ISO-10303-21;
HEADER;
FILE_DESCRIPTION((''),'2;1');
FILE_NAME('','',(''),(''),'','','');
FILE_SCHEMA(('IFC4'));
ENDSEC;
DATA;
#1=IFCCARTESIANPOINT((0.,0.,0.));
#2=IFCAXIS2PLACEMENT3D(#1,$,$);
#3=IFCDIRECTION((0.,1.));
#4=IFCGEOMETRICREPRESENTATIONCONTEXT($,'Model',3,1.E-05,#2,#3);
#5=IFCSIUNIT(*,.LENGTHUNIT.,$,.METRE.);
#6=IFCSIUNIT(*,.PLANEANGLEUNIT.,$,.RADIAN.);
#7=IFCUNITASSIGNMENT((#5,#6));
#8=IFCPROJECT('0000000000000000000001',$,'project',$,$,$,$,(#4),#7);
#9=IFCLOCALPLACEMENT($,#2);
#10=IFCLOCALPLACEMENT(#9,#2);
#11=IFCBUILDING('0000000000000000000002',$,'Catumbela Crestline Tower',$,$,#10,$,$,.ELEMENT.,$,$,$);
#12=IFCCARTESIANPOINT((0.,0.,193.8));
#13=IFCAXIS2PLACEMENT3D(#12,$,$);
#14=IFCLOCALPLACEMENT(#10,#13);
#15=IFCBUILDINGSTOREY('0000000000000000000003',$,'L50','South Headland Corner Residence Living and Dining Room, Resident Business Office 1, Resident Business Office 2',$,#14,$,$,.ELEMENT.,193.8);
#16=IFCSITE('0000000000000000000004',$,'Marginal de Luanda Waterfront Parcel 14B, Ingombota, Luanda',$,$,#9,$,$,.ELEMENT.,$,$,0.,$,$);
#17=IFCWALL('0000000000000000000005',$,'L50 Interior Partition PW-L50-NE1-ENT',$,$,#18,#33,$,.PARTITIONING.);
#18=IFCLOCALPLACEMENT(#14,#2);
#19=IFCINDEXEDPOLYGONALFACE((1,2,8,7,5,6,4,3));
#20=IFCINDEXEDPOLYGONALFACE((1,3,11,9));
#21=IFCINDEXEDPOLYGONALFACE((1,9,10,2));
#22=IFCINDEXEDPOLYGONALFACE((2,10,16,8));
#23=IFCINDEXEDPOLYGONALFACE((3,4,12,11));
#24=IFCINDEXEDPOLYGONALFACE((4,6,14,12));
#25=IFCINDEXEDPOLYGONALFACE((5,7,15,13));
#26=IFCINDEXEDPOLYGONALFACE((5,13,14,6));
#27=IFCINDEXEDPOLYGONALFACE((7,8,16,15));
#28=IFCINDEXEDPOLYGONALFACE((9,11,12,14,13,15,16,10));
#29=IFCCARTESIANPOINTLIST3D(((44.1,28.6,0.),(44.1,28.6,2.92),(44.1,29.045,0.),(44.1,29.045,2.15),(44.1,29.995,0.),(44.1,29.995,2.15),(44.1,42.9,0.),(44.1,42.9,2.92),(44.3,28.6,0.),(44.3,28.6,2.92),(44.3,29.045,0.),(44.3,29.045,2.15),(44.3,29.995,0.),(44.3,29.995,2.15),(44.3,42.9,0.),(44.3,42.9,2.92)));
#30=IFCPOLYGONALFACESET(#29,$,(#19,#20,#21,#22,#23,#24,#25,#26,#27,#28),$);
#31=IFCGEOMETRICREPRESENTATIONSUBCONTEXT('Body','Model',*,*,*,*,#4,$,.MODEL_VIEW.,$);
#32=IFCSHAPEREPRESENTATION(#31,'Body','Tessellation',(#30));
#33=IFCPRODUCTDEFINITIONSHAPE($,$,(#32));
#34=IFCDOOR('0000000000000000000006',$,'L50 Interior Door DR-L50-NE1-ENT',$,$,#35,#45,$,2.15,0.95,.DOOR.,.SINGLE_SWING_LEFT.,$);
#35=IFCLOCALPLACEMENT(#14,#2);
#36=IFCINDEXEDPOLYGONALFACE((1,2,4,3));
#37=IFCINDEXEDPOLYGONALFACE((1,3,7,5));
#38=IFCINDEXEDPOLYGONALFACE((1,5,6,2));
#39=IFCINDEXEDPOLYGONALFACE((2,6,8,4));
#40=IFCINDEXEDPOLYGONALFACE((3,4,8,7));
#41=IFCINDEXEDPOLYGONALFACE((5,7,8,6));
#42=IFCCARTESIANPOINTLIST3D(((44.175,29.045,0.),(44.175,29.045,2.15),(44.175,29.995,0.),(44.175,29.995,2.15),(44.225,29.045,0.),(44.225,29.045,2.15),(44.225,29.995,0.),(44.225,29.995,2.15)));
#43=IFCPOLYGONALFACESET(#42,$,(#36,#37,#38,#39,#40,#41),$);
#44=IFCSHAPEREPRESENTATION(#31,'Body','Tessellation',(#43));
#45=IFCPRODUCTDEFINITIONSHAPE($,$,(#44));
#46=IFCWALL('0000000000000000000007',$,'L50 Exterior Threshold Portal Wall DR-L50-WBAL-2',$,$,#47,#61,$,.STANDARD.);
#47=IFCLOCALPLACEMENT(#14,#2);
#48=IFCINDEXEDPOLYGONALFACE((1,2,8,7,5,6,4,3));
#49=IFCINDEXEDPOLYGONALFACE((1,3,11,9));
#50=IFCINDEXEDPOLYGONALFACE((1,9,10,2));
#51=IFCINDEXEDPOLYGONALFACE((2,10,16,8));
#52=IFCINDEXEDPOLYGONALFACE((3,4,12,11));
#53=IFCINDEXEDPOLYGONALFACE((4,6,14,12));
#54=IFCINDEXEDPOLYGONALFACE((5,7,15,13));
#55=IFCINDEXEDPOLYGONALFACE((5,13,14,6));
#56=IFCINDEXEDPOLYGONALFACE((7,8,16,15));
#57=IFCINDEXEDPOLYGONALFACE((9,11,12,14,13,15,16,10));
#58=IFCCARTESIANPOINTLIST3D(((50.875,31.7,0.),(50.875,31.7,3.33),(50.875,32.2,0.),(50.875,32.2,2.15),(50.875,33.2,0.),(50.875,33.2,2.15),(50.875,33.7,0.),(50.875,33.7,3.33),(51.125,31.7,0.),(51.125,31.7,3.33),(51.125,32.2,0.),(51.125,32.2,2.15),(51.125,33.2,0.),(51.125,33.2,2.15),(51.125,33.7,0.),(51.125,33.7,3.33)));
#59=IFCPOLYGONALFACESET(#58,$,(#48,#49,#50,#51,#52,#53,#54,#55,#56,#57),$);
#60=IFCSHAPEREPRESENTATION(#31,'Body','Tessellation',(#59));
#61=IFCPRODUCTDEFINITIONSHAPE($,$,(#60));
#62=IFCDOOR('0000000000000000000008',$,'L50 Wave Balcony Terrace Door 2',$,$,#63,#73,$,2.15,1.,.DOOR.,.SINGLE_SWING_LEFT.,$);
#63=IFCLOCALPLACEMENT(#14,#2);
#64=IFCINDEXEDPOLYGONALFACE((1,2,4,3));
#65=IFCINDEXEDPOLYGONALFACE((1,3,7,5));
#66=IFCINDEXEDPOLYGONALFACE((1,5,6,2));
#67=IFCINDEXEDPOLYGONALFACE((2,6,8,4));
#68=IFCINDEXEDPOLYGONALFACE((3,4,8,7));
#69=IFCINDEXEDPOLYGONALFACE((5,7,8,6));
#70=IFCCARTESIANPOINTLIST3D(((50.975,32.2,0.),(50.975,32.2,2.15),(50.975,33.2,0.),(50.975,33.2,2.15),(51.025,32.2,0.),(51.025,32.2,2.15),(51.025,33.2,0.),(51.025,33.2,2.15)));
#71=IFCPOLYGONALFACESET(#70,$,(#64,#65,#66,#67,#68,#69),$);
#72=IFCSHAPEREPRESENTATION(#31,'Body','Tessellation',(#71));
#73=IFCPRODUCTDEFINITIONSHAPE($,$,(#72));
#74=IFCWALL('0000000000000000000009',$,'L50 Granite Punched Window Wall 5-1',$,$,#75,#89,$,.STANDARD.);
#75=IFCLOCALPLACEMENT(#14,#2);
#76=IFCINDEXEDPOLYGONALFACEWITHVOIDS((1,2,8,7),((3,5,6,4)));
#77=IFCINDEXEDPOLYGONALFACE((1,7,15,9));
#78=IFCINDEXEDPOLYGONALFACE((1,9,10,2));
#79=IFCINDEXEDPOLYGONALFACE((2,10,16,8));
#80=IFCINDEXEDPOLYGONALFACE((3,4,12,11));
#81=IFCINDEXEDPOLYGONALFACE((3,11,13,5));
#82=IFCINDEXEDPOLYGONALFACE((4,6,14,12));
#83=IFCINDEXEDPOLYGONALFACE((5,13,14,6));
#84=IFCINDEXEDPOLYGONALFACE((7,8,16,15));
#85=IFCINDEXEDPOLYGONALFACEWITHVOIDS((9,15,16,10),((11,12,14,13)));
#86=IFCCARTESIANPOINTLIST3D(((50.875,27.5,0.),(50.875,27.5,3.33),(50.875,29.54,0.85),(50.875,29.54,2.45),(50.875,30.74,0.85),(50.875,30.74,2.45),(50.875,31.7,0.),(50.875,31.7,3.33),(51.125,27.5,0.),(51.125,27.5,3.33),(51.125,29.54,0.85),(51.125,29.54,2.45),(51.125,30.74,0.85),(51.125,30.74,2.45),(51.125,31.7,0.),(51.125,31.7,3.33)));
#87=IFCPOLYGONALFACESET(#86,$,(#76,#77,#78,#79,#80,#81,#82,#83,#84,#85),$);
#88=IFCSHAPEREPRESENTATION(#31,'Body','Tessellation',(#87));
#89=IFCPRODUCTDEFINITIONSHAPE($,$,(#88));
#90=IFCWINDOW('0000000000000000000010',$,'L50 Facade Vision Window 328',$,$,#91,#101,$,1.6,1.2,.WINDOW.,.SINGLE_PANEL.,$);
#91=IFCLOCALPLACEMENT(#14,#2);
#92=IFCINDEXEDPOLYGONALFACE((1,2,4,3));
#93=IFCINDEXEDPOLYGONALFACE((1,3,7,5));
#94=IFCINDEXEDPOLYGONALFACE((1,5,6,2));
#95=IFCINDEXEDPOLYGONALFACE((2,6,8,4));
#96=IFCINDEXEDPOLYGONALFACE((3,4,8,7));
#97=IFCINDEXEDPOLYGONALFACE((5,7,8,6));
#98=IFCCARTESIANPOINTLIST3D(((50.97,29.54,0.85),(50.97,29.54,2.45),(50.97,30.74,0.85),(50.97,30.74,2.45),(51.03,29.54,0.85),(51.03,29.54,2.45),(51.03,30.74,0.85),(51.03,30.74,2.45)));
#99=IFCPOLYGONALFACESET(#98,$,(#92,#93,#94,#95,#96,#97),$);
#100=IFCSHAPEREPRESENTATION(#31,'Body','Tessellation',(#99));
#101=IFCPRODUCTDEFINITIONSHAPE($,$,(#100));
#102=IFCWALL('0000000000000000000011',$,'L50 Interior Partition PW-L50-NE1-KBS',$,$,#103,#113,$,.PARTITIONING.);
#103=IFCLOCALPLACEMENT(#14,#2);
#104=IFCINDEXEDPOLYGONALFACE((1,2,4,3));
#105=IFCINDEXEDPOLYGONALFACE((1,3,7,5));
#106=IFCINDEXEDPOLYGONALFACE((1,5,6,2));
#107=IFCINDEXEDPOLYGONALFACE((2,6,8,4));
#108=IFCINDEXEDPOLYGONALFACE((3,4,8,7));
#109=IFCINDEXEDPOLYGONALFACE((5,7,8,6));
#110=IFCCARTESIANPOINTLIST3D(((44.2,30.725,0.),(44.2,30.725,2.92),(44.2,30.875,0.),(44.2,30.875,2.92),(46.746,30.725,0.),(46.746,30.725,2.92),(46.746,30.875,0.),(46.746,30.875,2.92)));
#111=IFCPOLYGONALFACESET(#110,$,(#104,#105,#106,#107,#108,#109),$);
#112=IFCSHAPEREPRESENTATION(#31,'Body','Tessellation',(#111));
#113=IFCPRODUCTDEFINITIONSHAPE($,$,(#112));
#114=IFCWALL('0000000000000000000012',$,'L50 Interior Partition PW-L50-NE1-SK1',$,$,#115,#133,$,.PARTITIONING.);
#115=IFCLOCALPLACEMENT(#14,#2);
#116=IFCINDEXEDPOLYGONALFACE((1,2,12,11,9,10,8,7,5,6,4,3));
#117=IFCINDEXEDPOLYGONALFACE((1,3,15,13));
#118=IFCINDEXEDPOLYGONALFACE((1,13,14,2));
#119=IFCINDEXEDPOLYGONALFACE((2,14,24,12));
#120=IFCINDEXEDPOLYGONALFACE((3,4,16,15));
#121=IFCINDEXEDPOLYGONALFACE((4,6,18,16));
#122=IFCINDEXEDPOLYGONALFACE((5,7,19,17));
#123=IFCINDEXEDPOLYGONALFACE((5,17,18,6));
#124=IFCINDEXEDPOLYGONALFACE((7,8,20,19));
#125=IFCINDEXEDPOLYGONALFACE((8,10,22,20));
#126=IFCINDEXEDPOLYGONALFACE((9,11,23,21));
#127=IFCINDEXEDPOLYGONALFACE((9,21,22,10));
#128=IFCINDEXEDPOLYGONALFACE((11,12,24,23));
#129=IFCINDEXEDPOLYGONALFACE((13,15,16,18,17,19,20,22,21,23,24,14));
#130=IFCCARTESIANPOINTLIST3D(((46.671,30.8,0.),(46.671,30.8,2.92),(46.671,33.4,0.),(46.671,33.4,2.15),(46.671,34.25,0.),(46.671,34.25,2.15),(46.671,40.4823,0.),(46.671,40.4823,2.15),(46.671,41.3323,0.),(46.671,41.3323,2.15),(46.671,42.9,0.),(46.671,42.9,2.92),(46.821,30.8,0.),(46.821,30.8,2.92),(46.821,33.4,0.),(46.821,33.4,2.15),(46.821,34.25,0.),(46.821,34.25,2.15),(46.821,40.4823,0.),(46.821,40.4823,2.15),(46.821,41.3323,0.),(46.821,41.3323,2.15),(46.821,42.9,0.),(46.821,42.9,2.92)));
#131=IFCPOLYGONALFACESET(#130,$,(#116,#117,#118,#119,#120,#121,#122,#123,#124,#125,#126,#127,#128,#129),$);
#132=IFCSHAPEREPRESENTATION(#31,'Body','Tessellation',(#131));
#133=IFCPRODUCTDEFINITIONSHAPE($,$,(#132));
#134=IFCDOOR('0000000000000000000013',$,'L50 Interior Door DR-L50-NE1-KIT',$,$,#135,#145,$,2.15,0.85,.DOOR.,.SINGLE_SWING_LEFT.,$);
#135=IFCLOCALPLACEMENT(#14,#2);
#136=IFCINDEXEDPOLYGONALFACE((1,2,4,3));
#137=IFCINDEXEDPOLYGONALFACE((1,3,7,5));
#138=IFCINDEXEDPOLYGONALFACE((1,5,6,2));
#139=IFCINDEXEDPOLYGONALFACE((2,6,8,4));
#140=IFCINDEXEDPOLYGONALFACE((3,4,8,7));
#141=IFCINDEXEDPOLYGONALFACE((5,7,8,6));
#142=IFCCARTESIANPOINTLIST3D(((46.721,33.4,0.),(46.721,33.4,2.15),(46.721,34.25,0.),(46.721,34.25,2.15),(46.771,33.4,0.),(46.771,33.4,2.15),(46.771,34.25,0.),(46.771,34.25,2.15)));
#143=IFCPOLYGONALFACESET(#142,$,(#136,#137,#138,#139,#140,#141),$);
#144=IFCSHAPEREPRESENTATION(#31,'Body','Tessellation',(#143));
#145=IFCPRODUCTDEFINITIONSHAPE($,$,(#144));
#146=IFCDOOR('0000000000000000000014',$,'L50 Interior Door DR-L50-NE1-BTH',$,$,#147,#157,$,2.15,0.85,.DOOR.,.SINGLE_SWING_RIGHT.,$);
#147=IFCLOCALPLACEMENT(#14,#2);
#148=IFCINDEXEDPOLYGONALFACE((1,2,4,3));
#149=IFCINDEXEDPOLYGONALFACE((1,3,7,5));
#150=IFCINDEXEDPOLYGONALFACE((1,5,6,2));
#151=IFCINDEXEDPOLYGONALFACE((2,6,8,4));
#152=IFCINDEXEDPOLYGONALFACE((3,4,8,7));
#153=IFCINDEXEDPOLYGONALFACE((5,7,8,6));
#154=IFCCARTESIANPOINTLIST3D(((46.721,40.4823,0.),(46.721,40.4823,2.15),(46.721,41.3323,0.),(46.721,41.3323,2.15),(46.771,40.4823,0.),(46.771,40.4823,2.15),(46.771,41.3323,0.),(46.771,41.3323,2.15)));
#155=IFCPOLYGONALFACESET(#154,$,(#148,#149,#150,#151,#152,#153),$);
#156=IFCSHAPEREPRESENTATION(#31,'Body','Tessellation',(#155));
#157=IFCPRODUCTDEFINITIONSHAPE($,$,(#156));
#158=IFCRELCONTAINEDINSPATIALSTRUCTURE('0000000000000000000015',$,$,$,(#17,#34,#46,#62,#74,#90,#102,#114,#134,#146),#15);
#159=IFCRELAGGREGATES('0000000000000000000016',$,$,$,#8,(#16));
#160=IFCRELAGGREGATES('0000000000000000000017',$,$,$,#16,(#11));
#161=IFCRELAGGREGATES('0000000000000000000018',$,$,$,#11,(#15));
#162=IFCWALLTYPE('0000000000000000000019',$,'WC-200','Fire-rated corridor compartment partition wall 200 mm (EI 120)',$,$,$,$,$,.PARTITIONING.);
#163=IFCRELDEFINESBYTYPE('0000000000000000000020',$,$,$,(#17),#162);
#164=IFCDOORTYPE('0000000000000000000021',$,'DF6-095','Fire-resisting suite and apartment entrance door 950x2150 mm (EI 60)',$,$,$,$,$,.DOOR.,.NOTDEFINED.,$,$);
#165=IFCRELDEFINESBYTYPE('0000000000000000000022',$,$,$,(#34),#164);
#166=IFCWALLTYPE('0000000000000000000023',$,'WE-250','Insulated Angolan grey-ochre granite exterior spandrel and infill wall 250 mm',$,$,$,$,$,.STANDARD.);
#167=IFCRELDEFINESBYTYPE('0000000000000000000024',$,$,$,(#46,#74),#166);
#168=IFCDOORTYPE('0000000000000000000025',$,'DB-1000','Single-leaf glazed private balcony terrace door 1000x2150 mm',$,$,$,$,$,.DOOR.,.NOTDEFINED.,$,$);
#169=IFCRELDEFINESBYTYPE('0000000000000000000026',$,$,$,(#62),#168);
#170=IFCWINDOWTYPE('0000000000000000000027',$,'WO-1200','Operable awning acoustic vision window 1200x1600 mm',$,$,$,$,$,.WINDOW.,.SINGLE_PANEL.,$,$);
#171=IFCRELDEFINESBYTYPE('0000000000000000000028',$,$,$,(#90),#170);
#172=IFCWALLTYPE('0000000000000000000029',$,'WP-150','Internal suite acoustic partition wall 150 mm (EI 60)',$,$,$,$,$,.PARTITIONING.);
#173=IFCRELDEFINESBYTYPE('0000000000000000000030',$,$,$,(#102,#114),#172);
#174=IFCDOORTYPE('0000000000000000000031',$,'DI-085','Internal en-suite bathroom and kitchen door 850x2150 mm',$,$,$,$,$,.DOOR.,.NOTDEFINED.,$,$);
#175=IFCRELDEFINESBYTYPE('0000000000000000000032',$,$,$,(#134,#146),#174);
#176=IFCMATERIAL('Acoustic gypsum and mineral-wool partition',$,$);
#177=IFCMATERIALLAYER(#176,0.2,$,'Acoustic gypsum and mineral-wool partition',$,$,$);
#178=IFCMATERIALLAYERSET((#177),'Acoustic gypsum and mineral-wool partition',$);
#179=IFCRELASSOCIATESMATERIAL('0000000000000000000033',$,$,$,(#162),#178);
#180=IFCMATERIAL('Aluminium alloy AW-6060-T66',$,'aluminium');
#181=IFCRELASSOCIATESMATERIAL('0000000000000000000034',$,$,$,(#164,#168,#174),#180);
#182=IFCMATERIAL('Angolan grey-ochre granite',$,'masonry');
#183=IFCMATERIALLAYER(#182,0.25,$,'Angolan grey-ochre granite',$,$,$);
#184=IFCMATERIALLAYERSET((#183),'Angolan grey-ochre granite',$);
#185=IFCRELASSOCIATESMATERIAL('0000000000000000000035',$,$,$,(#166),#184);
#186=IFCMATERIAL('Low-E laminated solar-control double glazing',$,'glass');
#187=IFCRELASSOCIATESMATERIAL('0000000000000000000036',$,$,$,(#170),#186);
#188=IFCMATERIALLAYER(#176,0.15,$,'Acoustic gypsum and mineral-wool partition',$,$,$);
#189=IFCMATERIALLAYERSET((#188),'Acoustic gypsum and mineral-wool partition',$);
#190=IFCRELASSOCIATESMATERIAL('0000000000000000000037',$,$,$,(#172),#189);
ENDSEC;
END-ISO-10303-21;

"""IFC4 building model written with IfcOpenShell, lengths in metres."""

from ifc_helpers import new_model, si_unit, direction, frame, frame_2d, origin, place, context, subcontext, project, spatial, rectangle, extrude, material, layer, layer_set, type_object, element, fill, save


model = new_model("IFC4")

# Units and contexts
model_context = context("Model", 3, precision=1e-05, world=origin(), true_north=direction((0.0, 1.0)))
body_context = subcontext(model_context, "Body", "Model", "MODEL_VIEW")
ifc_project = project(units=[si_unit("LENGTHUNIT", "METRE"), si_unit("PLANEANGLEUNIT", "RADIAN")], contexts=[model_context])

# Site, building, storey
site_placement = place(None, origin())
site = spatial("IfcSite", under=ifc_project, at=site_placement, Name="Marginal de Luanda Waterfront Parcel 14B, Ingombota, Luanda", CompositionType="ELEMENT", RefElevation=0.0)
building_placement = place(site_placement, origin())
building = spatial("IfcBuilding", under=site, at=building_placement, Name="Catumbela Crestline Tower", CompositionType="ELEMENT")
storey_placement = place(building_placement, frame((0.0, 0.0, 193.8)))
storey = spatial("IfcBuildingStorey", under=building, at=storey_placement, Name="L50", Description="South Headland Corner Residence Living and Dining Room, Resident Business Office 1, Resident Business Office 2", CompositionType="ELEMENT", Elevation=193.8)

# Shared definitions
ifc_material_1 = material(Name="Aluminium alloy AW-6060-T66", Category="aluminium")

# Shared definitions
ifc_material_2 = material(Name="Low-E laminated solar-control double glazing", Category="glass")

# Walls, openings, doors
ifc_material_3 = material(Name="Acoustic gypsum and mineral-wool partition")
ifc_layer_1 = layer(ifc_material_3, 0.2, Name="Acoustic gypsum and mineral-wool partition")
ifc_layer_set_1 = layer_set([ifc_layer_1], Name="Acoustic gypsum and mineral-wool partition")
wall_type_1 = type_object("IfcWallType", Name="WC-200", Description="Fire-rated corridor compartment partition wall 200 mm (EI 120)", PredefinedType="PARTITIONING", material=ifc_layer_set_1)
wall_1_placement = place(storey_placement, frame((44.2, 28.6, 0.0), z_axis=(0.0, 0.0, 1.0), x_axis=(0.0, 1.0, 0.0)))
wall_1 = element("IfcWall", 1, at=wall_1_placement, inside=storey, type_object=wall_type_1, Name="L50 Interior Partition PW-L50-NE1-ENT", PredefinedType="PARTITIONING", context=body_context, shape_type="SweptSolid", body=[
    extrude(rectangle(XDim=14.3, YDim=0.2, at=frame_2d((7.15, 0.0))), origin(), (0.0, 0.0, 1.0), 2.92),
])
opening_1_placement = place(wall_1_placement, frame((0.445, 0.0, 0.0)))
opening_1 = element("IfcOpeningElement", 2, at=opening_1_placement, cuts=wall_1, PredefinedType="OPENING", context=body_context, shape_type="SweptSolid", body=[
    extrude(rectangle(XDim=0.95, YDim=2.15, at=frame_2d((0.475, 1.075))), frame((0.0, 0.11, 0.0), z_axis=(0.0, -1.0, 0.0), x_axis=(1.0, 0.0, 0.0)), (0.0, 0.0, 1.0), 0.22),
])
door_type_1 = type_object("IfcDoorType", Name="DF6-095", Description="Fire-resisting suite and apartment entrance door 950x2150 mm (EI 60)", OperationType="NOTDEFINED", PredefinedType="DOOR", material=ifc_material_1)
door_1_placement = place(opening_1_placement, origin())
door_1 = element("IfcDoor", 3, at=door_1_placement, inside=storey, type_object=door_type_1, Name="L50 Interior Door DR-L50-NE1-ENT", OperationType="SINGLE_SWING_LEFT", OverallHeight=2.15, OverallWidth=0.95, PredefinedType="DOOR", context=body_context, shape_type="SweptSolid", body=[
    extrude(rectangle(XDim=0.95, YDim=2.15, at=frame_2d((0.475, 1.075))), frame((0.0, 0.025, 0.0), z_axis=(0.0, -1.0, 0.0), x_axis=(1.0, 0.0, 0.0)), (0.0, 0.0, 1.0), 0.05),
])
fill(opening_1, door_1)
ifc_material_4 = material(Name="Angolan grey-ochre granite", Category="masonry")
ifc_layer_2 = layer(ifc_material_4, 0.25, Name="Angolan grey-ochre granite")
ifc_layer_set_2 = layer_set([ifc_layer_2], Name="Angolan grey-ochre granite")
wall_type_2 = type_object("IfcWallType", Name="WE-250", Description="Insulated Angolan grey-ochre granite exterior spandrel and infill wall 250 mm", PredefinedType="STANDARD", material=ifc_layer_set_2)
wall_2_placement = place(storey_placement, frame((51.0, 31.7, 0.0), z_axis=(0.0, 0.0, 1.0), x_axis=(0.0, 1.0, 0.0)))
wall_2 = element("IfcWall", 4, at=wall_2_placement, inside=storey, type_object=wall_type_2, Name="L50 Exterior Threshold Portal Wall DR-L50-WBAL-2", PredefinedType="STANDARD", context=body_context, shape_type="SweptSolid", body=[
    extrude(rectangle(XDim=2.0, YDim=0.25, at=frame_2d((1.0, 0.0))), origin(), (0.0, 0.0, 1.0), 3.33),
])
opening_2_placement = place(wall_2_placement, frame((0.5, 0.0, 0.0)))
opening_2 = element("IfcOpeningElement", 5, at=opening_2_placement, cuts=wall_2, PredefinedType="OPENING", context=body_context, shape_type="SweptSolid", body=[
    extrude(rectangle(XDim=1.0, YDim=2.15, at=frame_2d((0.5, 1.075))), frame((0.0, 0.135, 0.0), z_axis=(0.0, -1.0, 0.0), x_axis=(1.0, 0.0, 0.0)), (0.0, 0.0, 1.0), 0.27),
])
door_type_2 = type_object("IfcDoorType", Name="DB-1000", Description="Single-leaf glazed private balcony terrace door 1000x2150 mm", OperationType="NOTDEFINED", PredefinedType="DOOR", material=ifc_material_1)
door_2_placement = place(opening_2_placement, origin())
door_2 = element("IfcDoor", 6, at=door_2_placement, inside=storey, type_object=door_type_2, Name="L50 Wave Balcony Terrace Door 2", OperationType="SINGLE_SWING_LEFT", OverallHeight=2.15, OverallWidth=1.0, PredefinedType="DOOR", context=body_context, shape_type="SweptSolid", body=[
    extrude(rectangle(XDim=1.0, YDim=2.15, at=frame_2d((0.5, 1.075))), frame((0.0, 0.025, 0.0), z_axis=(0.0, -1.0, 0.0), x_axis=(1.0, 0.0, 0.0)), (0.0, 0.0, 1.0), 0.05),
])
fill(opening_2, door_2)

# Wall, opening, window
wall_3_placement = place(storey_placement, frame((51.0, 27.5, 0.0), z_axis=(0.0, 0.0, 1.0), x_axis=(0.0, 1.0, 0.0)))
wall_3 = element("IfcWall", 7, at=wall_3_placement, inside=storey, type_object=wall_type_2, Name="L50 Granite Punched Window Wall 5-1", PredefinedType="STANDARD", context=body_context, shape_type="SweptSolid", body=[
    extrude(rectangle(XDim=4.2, YDim=0.25, at=frame_2d((2.1, 0.0))), origin(), (0.0, 0.0, 1.0), 3.33),
])
opening_3_placement = place(wall_3_placement, frame((2.04, 0.0, 0.85)))
opening_3 = element("IfcOpeningElement", 8, at=opening_3_placement, cuts=wall_3, PredefinedType="OPENING", context=body_context, shape_type="SweptSolid", body=[
    extrude(rectangle(XDim=1.2, YDim=1.6, at=frame_2d((0.6, 0.8))), frame((0.0, 0.135, 0.0), z_axis=(0.0, -1.0, 0.0), x_axis=(1.0, 0.0, 0.0)), (0.0, 0.0, 1.0), 0.27),
])
window_type = type_object("IfcWindowType", Name="WO-1200", Description="Operable awning acoustic vision window 1200x1600 mm", PartitioningType="SINGLE_PANEL", PredefinedType="WINDOW", material=ifc_material_2)
window_placement = place(opening_3_placement, origin())
window = element("IfcWindow", 9, at=window_placement, inside=storey, type_object=window_type, Name="L50 Facade Vision Window 328", OverallHeight=1.6, OverallWidth=1.2, PartitioningType="SINGLE_PANEL", PredefinedType="WINDOW", context=body_context, shape_type="SweptSolid", body=[
    extrude(rectangle(XDim=1.2, YDim=1.6, at=frame_2d((0.6, 0.8))), frame((0.0, 0.03, 0.0), z_axis=(0.0, -1.0, 0.0), x_axis=(1.0, 0.0, 0.0)), (0.0, 0.0, 1.0), 0.06),
])
fill(opening_3, window)

# Wall
ifc_layer_3 = layer(ifc_material_3, 0.15, Name="Acoustic gypsum and mineral-wool partition")
ifc_layer_set_3 = layer_set([ifc_layer_3], Name="Acoustic gypsum and mineral-wool partition")
wall_type_3 = type_object("IfcWallType", Name="WP-150", Description="Internal suite acoustic partition wall 150 mm (EI 60)", PredefinedType="PARTITIONING", material=ifc_layer_set_3)
wall_4_placement = place(storey_placement, frame((44.2, 30.8, 0.0), z_axis=(0.0, 0.0, 1.0), x_axis=(1.0, 0.0, 0.0)))
element("IfcWall", 10, at=wall_4_placement, inside=storey, type_object=wall_type_3, Name="L50 Interior Partition PW-L50-NE1-KBS", PredefinedType="PARTITIONING", context=body_context, shape_type="SweptSolid", body=[
    extrude(rectangle(XDim=2.546, YDim=0.15, at=frame_2d((1.273, 0.0))), origin(), (0.0, 0.0, 1.0), 2.92),
])

# Wall, openings, doors
wall_5_placement = place(storey_placement, frame((46.746, 30.8, 0.0), z_axis=(0.0, 0.0, 1.0), x_axis=(0.0, 1.0, 0.0)))
wall_5 = element("IfcWall", 11, at=wall_5_placement, inside=storey, type_object=wall_type_3, Name="L50 Interior Partition PW-L50-NE1-SK1", PredefinedType="PARTITIONING", context=body_context, shape_type="SweptSolid", body=[
    extrude(rectangle(XDim=12.1, YDim=0.15, at=frame_2d((6.05, 0.0))), origin(), (0.0, 0.0, 1.0), 2.92),
])
opening_4_placement = place(wall_5_placement, frame((2.6, 0.0, 0.0)))
opening_4 = element("IfcOpeningElement", 12, at=opening_4_placement, cuts=wall_5, PredefinedType="OPENING", context=body_context, shape_type="SweptSolid", body=[
    extrude(rectangle(XDim=0.85, YDim=2.15, at=frame_2d((0.425, 1.075))), frame((0.0, 0.085, 0.0), z_axis=(0.0, -1.0, 0.0), x_axis=(1.0, 0.0, 0.0)), (0.0, 0.0, 1.0), 0.17),
])
opening_5_placement = place(wall_5_placement, frame((9.6823, 0.0, 0.0)))
opening_5 = element("IfcOpeningElement", 13, at=opening_5_placement, cuts=wall_5, PredefinedType="OPENING", context=body_context, shape_type="SweptSolid", body=[
    extrude(rectangle(XDim=0.85, YDim=2.15, at=frame_2d((0.425, 1.075))), frame((0.0, 0.085, 0.0), z_axis=(0.0, -1.0, 0.0), x_axis=(1.0, 0.0, 0.0)), (0.0, 0.0, 1.0), 0.17),
])
door_type_3 = type_object("IfcDoorType", Name="DI-085", Description="Internal en-suite bathroom and kitchen door 850x2150 mm", OperationType="NOTDEFINED", PredefinedType="DOOR", material=ifc_material_1)
door_3_placement = place(opening_4_placement, origin())
door_3 = element("IfcDoor", 14, at=door_3_placement, inside=storey, type_object=door_type_3, Name="L50 Interior Door DR-L50-NE1-KIT", OperationType="SINGLE_SWING_LEFT", OverallHeight=2.15, OverallWidth=0.85, PredefinedType="DOOR", context=body_context, shape_type="SweptSolid", body=[
    extrude(rectangle(XDim=0.85, YDim=2.15, at=frame_2d((0.425, 1.075))), frame((0.0, 0.025, 0.0), z_axis=(0.0, -1.0, 0.0), x_axis=(1.0, 0.0, 0.0)), (0.0, 0.0, 1.0), 0.05),
])
fill(opening_4, door_3)
door_4_placement = place(opening_5_placement, origin())
door_4 = element("IfcDoor", 15, at=door_4_placement, inside=storey, type_object=door_type_3, Name="L50 Interior Door DR-L50-NE1-BTH", OperationType="SINGLE_SWING_RIGHT", OverallHeight=2.15, OverallWidth=0.85, PredefinedType="DOOR", context=body_context, shape_type="SweptSolid", body=[
    extrude(rectangle(XDim=0.85, YDim=2.15, at=frame_2d((0.425, 1.075))), frame((0.0, 0.025, 0.0), z_axis=(0.0, -1.0, 0.0), x_axis=(1.0, 0.0, 0.0)), (0.0, 0.0, 1.0), 0.05),
])
fill(opening_5, door_4)

save(model, "model.ifc")
